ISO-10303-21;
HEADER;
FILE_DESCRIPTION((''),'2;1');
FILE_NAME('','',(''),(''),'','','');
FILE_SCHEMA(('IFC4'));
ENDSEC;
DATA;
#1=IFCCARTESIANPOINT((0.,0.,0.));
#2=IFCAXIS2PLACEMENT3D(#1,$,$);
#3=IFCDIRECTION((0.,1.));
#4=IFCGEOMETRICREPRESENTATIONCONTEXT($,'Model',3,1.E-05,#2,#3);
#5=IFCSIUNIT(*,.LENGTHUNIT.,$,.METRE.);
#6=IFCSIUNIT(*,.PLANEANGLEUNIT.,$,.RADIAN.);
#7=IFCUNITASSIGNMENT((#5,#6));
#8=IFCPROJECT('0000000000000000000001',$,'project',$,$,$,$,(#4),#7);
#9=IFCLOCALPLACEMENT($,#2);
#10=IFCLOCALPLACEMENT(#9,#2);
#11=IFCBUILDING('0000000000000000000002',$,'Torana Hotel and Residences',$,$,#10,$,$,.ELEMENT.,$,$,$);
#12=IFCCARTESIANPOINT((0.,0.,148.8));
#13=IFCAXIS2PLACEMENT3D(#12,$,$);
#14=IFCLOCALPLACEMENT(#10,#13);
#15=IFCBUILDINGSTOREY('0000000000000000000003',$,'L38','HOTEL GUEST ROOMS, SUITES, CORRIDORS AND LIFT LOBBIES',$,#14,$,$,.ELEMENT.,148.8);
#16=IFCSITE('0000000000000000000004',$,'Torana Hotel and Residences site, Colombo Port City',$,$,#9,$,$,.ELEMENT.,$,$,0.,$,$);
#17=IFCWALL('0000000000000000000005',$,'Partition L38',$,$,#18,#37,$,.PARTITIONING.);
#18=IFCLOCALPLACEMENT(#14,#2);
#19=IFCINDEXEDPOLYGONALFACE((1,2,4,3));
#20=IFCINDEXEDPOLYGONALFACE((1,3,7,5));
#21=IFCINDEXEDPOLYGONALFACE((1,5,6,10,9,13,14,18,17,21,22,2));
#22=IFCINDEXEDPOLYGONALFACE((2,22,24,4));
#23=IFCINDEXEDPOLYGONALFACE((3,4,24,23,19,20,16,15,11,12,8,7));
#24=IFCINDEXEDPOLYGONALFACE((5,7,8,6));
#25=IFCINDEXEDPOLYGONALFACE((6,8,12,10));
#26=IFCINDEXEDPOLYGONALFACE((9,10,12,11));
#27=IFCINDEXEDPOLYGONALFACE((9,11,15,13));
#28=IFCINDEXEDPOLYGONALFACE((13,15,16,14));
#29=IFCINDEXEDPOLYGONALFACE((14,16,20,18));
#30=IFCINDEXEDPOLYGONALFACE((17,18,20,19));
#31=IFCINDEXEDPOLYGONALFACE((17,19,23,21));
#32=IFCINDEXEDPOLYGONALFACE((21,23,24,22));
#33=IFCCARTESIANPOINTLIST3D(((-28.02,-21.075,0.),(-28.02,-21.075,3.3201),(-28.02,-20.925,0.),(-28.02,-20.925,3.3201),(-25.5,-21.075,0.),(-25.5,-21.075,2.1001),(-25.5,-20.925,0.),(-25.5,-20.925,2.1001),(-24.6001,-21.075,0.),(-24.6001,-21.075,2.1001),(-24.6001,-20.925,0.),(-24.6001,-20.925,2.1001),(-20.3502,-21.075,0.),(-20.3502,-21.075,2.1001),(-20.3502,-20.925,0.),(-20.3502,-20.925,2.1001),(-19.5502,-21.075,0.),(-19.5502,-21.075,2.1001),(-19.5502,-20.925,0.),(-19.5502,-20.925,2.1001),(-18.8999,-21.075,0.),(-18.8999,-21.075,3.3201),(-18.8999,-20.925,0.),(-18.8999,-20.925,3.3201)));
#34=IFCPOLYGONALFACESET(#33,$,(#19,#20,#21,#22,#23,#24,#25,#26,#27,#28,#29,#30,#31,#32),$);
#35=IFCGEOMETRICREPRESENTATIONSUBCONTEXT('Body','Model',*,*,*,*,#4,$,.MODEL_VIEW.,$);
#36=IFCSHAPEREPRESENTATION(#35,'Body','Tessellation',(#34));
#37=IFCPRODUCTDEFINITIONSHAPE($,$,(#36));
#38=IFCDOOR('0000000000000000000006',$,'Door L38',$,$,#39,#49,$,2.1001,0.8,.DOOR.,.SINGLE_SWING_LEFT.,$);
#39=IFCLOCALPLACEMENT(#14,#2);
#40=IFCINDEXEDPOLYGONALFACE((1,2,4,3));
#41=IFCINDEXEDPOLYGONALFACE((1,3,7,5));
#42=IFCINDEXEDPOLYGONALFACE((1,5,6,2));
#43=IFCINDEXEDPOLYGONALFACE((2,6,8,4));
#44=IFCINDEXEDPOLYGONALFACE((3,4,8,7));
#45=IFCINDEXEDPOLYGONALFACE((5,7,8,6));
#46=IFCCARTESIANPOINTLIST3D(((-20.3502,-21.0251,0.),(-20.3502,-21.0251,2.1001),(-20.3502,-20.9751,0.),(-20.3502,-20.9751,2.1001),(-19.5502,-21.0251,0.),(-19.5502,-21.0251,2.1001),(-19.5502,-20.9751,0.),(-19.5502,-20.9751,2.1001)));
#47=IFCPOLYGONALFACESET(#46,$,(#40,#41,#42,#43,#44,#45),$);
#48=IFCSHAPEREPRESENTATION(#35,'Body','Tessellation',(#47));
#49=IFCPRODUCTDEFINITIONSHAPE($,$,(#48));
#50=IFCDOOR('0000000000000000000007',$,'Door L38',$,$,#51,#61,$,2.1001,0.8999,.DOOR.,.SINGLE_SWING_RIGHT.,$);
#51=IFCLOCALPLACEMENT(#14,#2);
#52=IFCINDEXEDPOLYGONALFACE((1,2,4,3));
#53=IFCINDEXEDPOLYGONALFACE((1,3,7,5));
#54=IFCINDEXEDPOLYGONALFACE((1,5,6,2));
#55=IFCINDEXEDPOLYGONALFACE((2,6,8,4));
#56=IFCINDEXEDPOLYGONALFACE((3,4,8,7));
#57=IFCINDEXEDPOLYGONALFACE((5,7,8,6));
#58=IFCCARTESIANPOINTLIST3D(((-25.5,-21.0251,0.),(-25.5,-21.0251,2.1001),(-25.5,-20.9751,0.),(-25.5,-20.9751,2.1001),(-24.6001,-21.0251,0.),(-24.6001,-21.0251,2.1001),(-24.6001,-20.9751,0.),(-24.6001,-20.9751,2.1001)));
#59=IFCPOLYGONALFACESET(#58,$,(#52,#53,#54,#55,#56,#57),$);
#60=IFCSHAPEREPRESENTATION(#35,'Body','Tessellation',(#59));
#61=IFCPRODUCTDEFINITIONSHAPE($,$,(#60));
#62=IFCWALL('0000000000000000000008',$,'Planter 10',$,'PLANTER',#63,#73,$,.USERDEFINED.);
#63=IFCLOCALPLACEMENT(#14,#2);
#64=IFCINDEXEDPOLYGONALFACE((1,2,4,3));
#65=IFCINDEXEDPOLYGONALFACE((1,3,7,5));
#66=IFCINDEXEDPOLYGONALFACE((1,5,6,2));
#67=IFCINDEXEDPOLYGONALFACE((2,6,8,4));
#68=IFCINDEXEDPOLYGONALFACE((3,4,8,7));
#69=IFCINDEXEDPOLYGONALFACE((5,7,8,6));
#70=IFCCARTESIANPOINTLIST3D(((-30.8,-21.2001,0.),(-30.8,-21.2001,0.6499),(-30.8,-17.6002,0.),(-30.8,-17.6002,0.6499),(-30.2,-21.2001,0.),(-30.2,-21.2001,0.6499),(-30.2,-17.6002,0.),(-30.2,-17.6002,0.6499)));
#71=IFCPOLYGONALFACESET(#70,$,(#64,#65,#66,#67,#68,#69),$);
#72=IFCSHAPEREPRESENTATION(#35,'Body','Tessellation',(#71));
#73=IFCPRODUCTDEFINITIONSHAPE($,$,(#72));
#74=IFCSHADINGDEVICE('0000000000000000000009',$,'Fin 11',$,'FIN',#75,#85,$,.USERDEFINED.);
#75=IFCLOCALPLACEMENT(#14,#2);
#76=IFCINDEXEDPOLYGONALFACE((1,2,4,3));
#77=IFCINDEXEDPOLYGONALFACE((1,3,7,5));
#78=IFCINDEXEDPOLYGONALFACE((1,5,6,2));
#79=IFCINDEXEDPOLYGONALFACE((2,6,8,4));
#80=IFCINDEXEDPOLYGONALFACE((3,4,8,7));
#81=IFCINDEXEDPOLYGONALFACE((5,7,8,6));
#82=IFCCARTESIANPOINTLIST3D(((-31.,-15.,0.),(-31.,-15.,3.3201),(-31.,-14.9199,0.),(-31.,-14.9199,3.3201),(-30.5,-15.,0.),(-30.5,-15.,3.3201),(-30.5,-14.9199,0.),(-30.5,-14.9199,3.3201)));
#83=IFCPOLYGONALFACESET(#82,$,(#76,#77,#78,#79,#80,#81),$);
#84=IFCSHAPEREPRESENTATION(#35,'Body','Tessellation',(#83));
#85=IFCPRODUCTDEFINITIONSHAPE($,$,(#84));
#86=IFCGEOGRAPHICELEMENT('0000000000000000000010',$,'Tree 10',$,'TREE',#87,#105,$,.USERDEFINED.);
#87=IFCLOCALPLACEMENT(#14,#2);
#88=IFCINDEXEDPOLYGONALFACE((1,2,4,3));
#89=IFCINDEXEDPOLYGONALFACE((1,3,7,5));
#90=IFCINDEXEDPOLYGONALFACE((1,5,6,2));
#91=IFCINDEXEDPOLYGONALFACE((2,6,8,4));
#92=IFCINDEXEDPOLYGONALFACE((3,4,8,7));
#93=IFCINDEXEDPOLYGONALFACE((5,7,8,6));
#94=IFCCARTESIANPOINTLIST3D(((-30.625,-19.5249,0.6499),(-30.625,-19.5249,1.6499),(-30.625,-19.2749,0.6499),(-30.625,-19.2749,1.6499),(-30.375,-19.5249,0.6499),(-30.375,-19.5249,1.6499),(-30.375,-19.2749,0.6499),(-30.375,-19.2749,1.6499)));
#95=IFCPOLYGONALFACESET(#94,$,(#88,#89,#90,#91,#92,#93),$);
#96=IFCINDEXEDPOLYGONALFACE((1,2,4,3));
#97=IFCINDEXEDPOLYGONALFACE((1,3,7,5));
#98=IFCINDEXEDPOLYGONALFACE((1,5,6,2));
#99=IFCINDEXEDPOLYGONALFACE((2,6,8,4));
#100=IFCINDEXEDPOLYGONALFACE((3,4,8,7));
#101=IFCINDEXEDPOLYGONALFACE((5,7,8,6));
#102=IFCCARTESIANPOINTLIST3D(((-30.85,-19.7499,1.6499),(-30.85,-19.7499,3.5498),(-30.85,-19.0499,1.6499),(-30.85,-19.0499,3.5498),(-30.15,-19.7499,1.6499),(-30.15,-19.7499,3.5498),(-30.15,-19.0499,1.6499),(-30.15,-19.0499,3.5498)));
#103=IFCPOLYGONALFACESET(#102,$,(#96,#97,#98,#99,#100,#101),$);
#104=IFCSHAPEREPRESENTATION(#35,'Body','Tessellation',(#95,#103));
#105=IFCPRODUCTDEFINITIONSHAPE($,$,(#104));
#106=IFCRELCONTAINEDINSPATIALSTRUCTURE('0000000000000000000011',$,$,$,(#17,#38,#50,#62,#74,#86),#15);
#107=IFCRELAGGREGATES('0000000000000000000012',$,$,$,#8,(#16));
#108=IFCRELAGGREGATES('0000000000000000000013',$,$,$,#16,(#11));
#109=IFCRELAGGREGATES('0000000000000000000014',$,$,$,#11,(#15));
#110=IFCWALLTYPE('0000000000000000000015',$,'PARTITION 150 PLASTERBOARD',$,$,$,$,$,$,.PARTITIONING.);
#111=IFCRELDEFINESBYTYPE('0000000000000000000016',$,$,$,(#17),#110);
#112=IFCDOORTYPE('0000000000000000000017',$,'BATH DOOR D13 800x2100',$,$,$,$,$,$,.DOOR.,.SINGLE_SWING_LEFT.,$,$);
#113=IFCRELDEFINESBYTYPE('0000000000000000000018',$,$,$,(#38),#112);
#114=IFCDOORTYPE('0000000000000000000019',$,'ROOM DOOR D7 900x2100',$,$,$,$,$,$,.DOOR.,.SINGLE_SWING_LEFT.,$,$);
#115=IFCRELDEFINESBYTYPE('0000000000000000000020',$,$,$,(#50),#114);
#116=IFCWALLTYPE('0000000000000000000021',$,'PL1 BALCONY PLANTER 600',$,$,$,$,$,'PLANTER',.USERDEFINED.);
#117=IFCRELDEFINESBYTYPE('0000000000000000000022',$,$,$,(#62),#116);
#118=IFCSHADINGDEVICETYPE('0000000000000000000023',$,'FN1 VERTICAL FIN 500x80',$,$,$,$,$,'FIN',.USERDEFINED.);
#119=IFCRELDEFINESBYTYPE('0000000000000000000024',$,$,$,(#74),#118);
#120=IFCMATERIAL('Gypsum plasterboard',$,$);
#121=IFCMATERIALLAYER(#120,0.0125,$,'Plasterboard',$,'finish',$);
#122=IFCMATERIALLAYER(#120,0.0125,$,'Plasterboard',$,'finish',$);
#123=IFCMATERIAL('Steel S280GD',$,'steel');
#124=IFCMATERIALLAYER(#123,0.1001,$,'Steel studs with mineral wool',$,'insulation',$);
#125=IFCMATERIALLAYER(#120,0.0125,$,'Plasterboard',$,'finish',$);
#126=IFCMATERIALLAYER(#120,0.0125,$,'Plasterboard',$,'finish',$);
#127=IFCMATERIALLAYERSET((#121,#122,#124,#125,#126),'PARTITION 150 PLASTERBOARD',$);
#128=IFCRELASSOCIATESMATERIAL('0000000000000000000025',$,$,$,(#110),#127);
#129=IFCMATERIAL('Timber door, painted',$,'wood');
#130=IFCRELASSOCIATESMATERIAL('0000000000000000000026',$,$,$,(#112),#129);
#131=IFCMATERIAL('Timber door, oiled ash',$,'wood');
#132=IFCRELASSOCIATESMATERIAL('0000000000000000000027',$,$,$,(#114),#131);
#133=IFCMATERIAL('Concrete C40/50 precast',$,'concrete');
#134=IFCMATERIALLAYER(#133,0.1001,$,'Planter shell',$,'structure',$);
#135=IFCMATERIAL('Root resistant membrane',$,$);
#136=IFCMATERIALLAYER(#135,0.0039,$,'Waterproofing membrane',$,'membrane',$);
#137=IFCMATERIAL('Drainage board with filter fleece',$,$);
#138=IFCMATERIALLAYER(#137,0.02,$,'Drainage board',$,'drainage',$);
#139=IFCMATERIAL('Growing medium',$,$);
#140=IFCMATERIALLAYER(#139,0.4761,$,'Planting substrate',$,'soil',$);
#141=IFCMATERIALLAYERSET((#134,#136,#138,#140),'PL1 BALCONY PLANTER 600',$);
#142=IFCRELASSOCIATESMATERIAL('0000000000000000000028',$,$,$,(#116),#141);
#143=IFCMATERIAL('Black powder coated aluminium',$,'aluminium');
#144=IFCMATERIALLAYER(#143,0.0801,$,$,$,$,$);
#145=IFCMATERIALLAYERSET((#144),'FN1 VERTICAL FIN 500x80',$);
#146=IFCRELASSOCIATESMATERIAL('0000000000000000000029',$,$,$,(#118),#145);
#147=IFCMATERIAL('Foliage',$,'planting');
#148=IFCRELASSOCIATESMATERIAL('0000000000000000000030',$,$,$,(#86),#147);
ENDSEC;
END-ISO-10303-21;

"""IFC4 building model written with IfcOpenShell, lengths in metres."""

from ifc_helpers import new_model, si_unit, direction, frame, frame_2d, origin, origin_2d, place, context, subcontext, project, spatial, rectangle, extrude, material, layer, layer_set, type_object, element, fill, save


model = new_model("IFC4")

# Units and contexts
model_context = context("Model", 3, precision=1e-05, world=origin(), true_north=direction((0.0, 1.0)))
body_context = subcontext(model_context, "Body", "Model", "MODEL_VIEW")
ifc_project = project(units=[si_unit("LENGTHUNIT", "METRE"), si_unit("PLANEANGLEUNIT", "RADIAN")], contexts=[model_context])

# Site, building, storey
site_placement = place(None, origin())
site = spatial("IfcSite", under=ifc_project, at=site_placement, Name="Torana Hotel and Residences site, Colombo Port City", CompositionType="ELEMENT", RefElevation=0.0)
building_placement = place(site_placement, origin())
building = spatial("IfcBuilding", under=site, at=building_placement, Name="Torana Hotel and Residences", CompositionType="ELEMENT")
storey_placement = place(building_placement, frame((0.0, 0.0, 148.8)))
storey = spatial("IfcBuildingStorey", under=building, at=storey_placement, Name="L38", Description="HOTEL GUEST ROOMS, SUITES, CORRIDORS AND LIFT LOBBIES", CompositionType="ELEMENT", Elevation=148.8)

# Wall, openings, doors
ifc_material_1 = material(Name="Gypsum plasterboard")
ifc_layer_1 = layer(ifc_material_1, 0.0125, Name="Plasterboard", Category="finish")
ifc_layer_2 = layer(ifc_material_1, 0.0125, Name="Plasterboard", Category="finish")
ifc_material_2 = material(Name="Steel S280GD", Category="steel")
ifc_layer_3 = layer(ifc_material_2, 0.1001, Name="Steel studs with mineral wool", Category="insulation")
ifc_layer_4 = layer(ifc_material_1, 0.0125, Name="Plasterboard", Category="finish")
ifc_layer_5 = layer(ifc_material_1, 0.0125, Name="Plasterboard", Category="finish")
ifc_layer_set_1 = layer_set([ifc_layer_1, ifc_layer_2, ifc_layer_3, ifc_layer_4, ifc_layer_5], Name="PARTITION 150 PLASTERBOARD")
wall_type_1 = type_object("IfcWallType", Name="PARTITION 150 PLASTERBOARD", PredefinedType="PARTITIONING", material=ifc_layer_set_1)
wall_1_placement = place(storey_placement, frame((-28.02, -21.0, 0.0), z_axis=(0.0, 0.0, 1.0), x_axis=(1.0, 0.0, 0.0)))
wall_1 = element("IfcWall", 1, at=wall_1_placement, inside=storey, type_object=wall_type_1, Name="Partition L38", PredefinedType="PARTITIONING", context=body_context, shape_type="SweptSolid", body=[
    extrude(rectangle(XDim=9.1201, YDim=0.1499, at=frame_2d((4.5601, 0.0))), origin(), (0.0, 0.0, 1.0), 3.3201),
])
opening_1_placement = place(wall_1_placement, frame((7.6699, 0.0, 0.0)))
opening_1 = element("IfcOpeningElement", 2, at=opening_1_placement, cuts=wall_1, PredefinedType="OPENING", context=body_context, shape_type="SweptSolid", body=[
    extrude(rectangle(XDim=0.8, YDim=2.1001, at=frame_2d((0.3999, 1.05))), frame((0.0, 0.085, 0.0), z_axis=(0.0, -1.0, 0.0), x_axis=(1.0, 0.0, 0.0)), (0.0, 0.0, 1.0), 0.1699),
])
opening_2_placement = place(wall_1_placement, frame((2.52, 0.0, 0.0)))
opening_2 = element("IfcOpeningElement", 3, at=opening_2_placement, cuts=wall_1, PredefinedType="OPENING", context=body_context, shape_type="SweptSolid", body=[
    extrude(rectangle(XDim=0.8999, YDim=2.1001, at=frame_2d((0.45, 1.05))), frame((0.0, 0.085, 0.0), z_axis=(0.0, -1.0, 0.0), x_axis=(1.0, 0.0, 0.0)), (0.0, 0.0, 1.0), 0.1699),
])
ifc_material_3 = material(Name="Timber door, painted", Category="wood")
door_type_1 = type_object("IfcDoorType", Name="BATH DOOR D13 800x2100", OperationType="SINGLE_SWING_LEFT", PredefinedType="DOOR", material=ifc_material_3)
door_1_placement = place(opening_1_placement, origin())
door_1 = element("IfcDoor", 4, at=door_1_placement, inside=storey, type_object=door_type_1, Name="Door L38", OperationType="SINGLE_SWING_LEFT", OverallHeight=2.1001, OverallWidth=0.8, PredefinedType="DOOR", context=body_context, shape_type="SweptSolid", body=[
    extrude(rectangle(XDim=0.8, YDim=2.1001, at=frame_2d((0.3999, 1.05))), frame((0.0, 0.0249, 0.0), z_axis=(0.0, -1.0, 0.0), x_axis=(1.0, 0.0, 0.0)), (0.0, 0.0, 1.0), 0.05),
])
fill(opening_1, door_1)
ifc_material_4 = material(Name="Timber door, oiled ash", Category="wood")
door_type_2 = type_object("IfcDoorType", Name="ROOM DOOR D7 900x2100", OperationType="SINGLE_SWING_LEFT", PredefinedType="DOOR", material=ifc_material_4)
door_2_placement = place(opening_2_placement, origin())
door_2 = element("IfcDoor", 5, at=door_2_placement, inside=storey, type_object=door_type_2, Name="Door L38", OperationType="SINGLE_SWING_RIGHT", OverallHeight=2.1001, OverallWidth=0.8999, PredefinedType="DOOR", context=body_context, shape_type="SweptSolid", body=[
    extrude(rectangle(XDim=0.8999, YDim=2.1001, at=frame_2d((0.45, 1.05))), frame((0.0, 0.0249, 0.0), z_axis=(0.0, -1.0, 0.0), x_axis=(1.0, 0.0, 0.0)), (0.0, 0.0, 1.0), 0.05),
])
fill(opening_2, door_2)

# Wall
ifc_material_5 = material(Name="Concrete C40/50 precast", Category="concrete")
ifc_layer_6 = layer(ifc_material_5, 0.1001, Name="Planter shell", Category="structure")
ifc_material_6 = material(Name="Root resistant membrane")
ifc_layer_7 = layer(ifc_material_6, 0.0039, Name="Waterproofing membrane", Category="membrane")
ifc_material_7 = material(Name="Drainage board with filter fleece")
ifc_layer_8 = layer(ifc_material_7, 0.02, Name="Drainage board", Category="drainage")
ifc_material_8 = material(Name="Growing medium")
ifc_layer_9 = layer(ifc_material_8, 0.4761, Name="Planting substrate", Category="soil")
ifc_layer_set_2 = layer_set([ifc_layer_6, ifc_layer_7, ifc_layer_8, ifc_layer_9], Name="PL1 BALCONY PLANTER 600")
wall_type_2 = type_object("IfcWallType", Name="PL1 BALCONY PLANTER 600", ElementType="PLANTER", PredefinedType="USERDEFINED", material=ifc_layer_set_2)
wall_2_placement = place(storey_placement, frame((-30.5, -21.2, 0.0), z_axis=(0.0, 0.0, 1.0), x_axis=(0.0, 1.0, 0.0)))
element("IfcWall", 6, at=wall_2_placement, inside=storey, type_object=wall_type_2, Name="Planter 10", ObjectType="PLANTER", PredefinedType="USERDEFINED", context=body_context, shape_type="SweptSolid", body=[
    extrude(rectangle(XDim=3.5999, YDim=0.6001, at=frame_2d((1.7998, 0.0))), origin(), (0.0, 0.0, 1.0), 0.6499),
])

# Shading device
ifc_material_9 = material(Name="Black powder coated aluminium", Category="aluminium")
ifc_layer_10 = layer(ifc_material_9, 0.0801)
ifc_layer_set_3 = layer_set([ifc_layer_10], Name="FN1 VERTICAL FIN 500x80")
shading_device_type = type_object("IfcShadingDeviceType", Name="FN1 VERTICAL FIN 500x80", ElementType="FIN", PredefinedType="USERDEFINED", material=ifc_layer_set_3)
shading_device_placement = place(storey_placement, frame((-30.75, -14.96, 0.0), z_axis=(0.0, 0.0, 1.0), x_axis=(0.0, 1.0, 0.0)))
element("IfcShadingDevice", 7, at=shading_device_placement, inside=storey, type_object=shading_device_type, Name="Fin 11", ObjectType="FIN", PredefinedType="USERDEFINED", context=body_context, shape_type="SweptSolid", body=[
    extrude(rectangle(XDim=0.0801, YDim=0.5, at=origin_2d()), origin(), (0.0, 0.0, 1.0), 3.3201),
])

# Geographic element
ifc_material_10 = material(Name="Foliage", Category="planting")
geographic_element_placement = place(storey_placement, frame((-30.5, -19.3999, 0.6499), z_axis=(0.0, 0.0, 1.0), x_axis=(1.0, 0.0, 0.0)))
element("IfcGeographicElement", 8, at=geographic_element_placement, inside=storey, material=ifc_material_10, Name="Tree 10", ObjectType="TREE", PredefinedType="USERDEFINED", context=body_context, shape_type="SweptSolid", body=[
    extrude(rectangle(XDim=0.25, YDim=0.25, at=origin_2d()), origin(), (0.0, 0.0, 1.0), 1.0),
    extrude(rectangle(XDim=0.7, YDim=0.7, at=origin_2d()), frame((0.0, 0.0, 1.0)), (0.0, 0.0, 1.0), 1.8999),
])

save(model, "model.ifc")
